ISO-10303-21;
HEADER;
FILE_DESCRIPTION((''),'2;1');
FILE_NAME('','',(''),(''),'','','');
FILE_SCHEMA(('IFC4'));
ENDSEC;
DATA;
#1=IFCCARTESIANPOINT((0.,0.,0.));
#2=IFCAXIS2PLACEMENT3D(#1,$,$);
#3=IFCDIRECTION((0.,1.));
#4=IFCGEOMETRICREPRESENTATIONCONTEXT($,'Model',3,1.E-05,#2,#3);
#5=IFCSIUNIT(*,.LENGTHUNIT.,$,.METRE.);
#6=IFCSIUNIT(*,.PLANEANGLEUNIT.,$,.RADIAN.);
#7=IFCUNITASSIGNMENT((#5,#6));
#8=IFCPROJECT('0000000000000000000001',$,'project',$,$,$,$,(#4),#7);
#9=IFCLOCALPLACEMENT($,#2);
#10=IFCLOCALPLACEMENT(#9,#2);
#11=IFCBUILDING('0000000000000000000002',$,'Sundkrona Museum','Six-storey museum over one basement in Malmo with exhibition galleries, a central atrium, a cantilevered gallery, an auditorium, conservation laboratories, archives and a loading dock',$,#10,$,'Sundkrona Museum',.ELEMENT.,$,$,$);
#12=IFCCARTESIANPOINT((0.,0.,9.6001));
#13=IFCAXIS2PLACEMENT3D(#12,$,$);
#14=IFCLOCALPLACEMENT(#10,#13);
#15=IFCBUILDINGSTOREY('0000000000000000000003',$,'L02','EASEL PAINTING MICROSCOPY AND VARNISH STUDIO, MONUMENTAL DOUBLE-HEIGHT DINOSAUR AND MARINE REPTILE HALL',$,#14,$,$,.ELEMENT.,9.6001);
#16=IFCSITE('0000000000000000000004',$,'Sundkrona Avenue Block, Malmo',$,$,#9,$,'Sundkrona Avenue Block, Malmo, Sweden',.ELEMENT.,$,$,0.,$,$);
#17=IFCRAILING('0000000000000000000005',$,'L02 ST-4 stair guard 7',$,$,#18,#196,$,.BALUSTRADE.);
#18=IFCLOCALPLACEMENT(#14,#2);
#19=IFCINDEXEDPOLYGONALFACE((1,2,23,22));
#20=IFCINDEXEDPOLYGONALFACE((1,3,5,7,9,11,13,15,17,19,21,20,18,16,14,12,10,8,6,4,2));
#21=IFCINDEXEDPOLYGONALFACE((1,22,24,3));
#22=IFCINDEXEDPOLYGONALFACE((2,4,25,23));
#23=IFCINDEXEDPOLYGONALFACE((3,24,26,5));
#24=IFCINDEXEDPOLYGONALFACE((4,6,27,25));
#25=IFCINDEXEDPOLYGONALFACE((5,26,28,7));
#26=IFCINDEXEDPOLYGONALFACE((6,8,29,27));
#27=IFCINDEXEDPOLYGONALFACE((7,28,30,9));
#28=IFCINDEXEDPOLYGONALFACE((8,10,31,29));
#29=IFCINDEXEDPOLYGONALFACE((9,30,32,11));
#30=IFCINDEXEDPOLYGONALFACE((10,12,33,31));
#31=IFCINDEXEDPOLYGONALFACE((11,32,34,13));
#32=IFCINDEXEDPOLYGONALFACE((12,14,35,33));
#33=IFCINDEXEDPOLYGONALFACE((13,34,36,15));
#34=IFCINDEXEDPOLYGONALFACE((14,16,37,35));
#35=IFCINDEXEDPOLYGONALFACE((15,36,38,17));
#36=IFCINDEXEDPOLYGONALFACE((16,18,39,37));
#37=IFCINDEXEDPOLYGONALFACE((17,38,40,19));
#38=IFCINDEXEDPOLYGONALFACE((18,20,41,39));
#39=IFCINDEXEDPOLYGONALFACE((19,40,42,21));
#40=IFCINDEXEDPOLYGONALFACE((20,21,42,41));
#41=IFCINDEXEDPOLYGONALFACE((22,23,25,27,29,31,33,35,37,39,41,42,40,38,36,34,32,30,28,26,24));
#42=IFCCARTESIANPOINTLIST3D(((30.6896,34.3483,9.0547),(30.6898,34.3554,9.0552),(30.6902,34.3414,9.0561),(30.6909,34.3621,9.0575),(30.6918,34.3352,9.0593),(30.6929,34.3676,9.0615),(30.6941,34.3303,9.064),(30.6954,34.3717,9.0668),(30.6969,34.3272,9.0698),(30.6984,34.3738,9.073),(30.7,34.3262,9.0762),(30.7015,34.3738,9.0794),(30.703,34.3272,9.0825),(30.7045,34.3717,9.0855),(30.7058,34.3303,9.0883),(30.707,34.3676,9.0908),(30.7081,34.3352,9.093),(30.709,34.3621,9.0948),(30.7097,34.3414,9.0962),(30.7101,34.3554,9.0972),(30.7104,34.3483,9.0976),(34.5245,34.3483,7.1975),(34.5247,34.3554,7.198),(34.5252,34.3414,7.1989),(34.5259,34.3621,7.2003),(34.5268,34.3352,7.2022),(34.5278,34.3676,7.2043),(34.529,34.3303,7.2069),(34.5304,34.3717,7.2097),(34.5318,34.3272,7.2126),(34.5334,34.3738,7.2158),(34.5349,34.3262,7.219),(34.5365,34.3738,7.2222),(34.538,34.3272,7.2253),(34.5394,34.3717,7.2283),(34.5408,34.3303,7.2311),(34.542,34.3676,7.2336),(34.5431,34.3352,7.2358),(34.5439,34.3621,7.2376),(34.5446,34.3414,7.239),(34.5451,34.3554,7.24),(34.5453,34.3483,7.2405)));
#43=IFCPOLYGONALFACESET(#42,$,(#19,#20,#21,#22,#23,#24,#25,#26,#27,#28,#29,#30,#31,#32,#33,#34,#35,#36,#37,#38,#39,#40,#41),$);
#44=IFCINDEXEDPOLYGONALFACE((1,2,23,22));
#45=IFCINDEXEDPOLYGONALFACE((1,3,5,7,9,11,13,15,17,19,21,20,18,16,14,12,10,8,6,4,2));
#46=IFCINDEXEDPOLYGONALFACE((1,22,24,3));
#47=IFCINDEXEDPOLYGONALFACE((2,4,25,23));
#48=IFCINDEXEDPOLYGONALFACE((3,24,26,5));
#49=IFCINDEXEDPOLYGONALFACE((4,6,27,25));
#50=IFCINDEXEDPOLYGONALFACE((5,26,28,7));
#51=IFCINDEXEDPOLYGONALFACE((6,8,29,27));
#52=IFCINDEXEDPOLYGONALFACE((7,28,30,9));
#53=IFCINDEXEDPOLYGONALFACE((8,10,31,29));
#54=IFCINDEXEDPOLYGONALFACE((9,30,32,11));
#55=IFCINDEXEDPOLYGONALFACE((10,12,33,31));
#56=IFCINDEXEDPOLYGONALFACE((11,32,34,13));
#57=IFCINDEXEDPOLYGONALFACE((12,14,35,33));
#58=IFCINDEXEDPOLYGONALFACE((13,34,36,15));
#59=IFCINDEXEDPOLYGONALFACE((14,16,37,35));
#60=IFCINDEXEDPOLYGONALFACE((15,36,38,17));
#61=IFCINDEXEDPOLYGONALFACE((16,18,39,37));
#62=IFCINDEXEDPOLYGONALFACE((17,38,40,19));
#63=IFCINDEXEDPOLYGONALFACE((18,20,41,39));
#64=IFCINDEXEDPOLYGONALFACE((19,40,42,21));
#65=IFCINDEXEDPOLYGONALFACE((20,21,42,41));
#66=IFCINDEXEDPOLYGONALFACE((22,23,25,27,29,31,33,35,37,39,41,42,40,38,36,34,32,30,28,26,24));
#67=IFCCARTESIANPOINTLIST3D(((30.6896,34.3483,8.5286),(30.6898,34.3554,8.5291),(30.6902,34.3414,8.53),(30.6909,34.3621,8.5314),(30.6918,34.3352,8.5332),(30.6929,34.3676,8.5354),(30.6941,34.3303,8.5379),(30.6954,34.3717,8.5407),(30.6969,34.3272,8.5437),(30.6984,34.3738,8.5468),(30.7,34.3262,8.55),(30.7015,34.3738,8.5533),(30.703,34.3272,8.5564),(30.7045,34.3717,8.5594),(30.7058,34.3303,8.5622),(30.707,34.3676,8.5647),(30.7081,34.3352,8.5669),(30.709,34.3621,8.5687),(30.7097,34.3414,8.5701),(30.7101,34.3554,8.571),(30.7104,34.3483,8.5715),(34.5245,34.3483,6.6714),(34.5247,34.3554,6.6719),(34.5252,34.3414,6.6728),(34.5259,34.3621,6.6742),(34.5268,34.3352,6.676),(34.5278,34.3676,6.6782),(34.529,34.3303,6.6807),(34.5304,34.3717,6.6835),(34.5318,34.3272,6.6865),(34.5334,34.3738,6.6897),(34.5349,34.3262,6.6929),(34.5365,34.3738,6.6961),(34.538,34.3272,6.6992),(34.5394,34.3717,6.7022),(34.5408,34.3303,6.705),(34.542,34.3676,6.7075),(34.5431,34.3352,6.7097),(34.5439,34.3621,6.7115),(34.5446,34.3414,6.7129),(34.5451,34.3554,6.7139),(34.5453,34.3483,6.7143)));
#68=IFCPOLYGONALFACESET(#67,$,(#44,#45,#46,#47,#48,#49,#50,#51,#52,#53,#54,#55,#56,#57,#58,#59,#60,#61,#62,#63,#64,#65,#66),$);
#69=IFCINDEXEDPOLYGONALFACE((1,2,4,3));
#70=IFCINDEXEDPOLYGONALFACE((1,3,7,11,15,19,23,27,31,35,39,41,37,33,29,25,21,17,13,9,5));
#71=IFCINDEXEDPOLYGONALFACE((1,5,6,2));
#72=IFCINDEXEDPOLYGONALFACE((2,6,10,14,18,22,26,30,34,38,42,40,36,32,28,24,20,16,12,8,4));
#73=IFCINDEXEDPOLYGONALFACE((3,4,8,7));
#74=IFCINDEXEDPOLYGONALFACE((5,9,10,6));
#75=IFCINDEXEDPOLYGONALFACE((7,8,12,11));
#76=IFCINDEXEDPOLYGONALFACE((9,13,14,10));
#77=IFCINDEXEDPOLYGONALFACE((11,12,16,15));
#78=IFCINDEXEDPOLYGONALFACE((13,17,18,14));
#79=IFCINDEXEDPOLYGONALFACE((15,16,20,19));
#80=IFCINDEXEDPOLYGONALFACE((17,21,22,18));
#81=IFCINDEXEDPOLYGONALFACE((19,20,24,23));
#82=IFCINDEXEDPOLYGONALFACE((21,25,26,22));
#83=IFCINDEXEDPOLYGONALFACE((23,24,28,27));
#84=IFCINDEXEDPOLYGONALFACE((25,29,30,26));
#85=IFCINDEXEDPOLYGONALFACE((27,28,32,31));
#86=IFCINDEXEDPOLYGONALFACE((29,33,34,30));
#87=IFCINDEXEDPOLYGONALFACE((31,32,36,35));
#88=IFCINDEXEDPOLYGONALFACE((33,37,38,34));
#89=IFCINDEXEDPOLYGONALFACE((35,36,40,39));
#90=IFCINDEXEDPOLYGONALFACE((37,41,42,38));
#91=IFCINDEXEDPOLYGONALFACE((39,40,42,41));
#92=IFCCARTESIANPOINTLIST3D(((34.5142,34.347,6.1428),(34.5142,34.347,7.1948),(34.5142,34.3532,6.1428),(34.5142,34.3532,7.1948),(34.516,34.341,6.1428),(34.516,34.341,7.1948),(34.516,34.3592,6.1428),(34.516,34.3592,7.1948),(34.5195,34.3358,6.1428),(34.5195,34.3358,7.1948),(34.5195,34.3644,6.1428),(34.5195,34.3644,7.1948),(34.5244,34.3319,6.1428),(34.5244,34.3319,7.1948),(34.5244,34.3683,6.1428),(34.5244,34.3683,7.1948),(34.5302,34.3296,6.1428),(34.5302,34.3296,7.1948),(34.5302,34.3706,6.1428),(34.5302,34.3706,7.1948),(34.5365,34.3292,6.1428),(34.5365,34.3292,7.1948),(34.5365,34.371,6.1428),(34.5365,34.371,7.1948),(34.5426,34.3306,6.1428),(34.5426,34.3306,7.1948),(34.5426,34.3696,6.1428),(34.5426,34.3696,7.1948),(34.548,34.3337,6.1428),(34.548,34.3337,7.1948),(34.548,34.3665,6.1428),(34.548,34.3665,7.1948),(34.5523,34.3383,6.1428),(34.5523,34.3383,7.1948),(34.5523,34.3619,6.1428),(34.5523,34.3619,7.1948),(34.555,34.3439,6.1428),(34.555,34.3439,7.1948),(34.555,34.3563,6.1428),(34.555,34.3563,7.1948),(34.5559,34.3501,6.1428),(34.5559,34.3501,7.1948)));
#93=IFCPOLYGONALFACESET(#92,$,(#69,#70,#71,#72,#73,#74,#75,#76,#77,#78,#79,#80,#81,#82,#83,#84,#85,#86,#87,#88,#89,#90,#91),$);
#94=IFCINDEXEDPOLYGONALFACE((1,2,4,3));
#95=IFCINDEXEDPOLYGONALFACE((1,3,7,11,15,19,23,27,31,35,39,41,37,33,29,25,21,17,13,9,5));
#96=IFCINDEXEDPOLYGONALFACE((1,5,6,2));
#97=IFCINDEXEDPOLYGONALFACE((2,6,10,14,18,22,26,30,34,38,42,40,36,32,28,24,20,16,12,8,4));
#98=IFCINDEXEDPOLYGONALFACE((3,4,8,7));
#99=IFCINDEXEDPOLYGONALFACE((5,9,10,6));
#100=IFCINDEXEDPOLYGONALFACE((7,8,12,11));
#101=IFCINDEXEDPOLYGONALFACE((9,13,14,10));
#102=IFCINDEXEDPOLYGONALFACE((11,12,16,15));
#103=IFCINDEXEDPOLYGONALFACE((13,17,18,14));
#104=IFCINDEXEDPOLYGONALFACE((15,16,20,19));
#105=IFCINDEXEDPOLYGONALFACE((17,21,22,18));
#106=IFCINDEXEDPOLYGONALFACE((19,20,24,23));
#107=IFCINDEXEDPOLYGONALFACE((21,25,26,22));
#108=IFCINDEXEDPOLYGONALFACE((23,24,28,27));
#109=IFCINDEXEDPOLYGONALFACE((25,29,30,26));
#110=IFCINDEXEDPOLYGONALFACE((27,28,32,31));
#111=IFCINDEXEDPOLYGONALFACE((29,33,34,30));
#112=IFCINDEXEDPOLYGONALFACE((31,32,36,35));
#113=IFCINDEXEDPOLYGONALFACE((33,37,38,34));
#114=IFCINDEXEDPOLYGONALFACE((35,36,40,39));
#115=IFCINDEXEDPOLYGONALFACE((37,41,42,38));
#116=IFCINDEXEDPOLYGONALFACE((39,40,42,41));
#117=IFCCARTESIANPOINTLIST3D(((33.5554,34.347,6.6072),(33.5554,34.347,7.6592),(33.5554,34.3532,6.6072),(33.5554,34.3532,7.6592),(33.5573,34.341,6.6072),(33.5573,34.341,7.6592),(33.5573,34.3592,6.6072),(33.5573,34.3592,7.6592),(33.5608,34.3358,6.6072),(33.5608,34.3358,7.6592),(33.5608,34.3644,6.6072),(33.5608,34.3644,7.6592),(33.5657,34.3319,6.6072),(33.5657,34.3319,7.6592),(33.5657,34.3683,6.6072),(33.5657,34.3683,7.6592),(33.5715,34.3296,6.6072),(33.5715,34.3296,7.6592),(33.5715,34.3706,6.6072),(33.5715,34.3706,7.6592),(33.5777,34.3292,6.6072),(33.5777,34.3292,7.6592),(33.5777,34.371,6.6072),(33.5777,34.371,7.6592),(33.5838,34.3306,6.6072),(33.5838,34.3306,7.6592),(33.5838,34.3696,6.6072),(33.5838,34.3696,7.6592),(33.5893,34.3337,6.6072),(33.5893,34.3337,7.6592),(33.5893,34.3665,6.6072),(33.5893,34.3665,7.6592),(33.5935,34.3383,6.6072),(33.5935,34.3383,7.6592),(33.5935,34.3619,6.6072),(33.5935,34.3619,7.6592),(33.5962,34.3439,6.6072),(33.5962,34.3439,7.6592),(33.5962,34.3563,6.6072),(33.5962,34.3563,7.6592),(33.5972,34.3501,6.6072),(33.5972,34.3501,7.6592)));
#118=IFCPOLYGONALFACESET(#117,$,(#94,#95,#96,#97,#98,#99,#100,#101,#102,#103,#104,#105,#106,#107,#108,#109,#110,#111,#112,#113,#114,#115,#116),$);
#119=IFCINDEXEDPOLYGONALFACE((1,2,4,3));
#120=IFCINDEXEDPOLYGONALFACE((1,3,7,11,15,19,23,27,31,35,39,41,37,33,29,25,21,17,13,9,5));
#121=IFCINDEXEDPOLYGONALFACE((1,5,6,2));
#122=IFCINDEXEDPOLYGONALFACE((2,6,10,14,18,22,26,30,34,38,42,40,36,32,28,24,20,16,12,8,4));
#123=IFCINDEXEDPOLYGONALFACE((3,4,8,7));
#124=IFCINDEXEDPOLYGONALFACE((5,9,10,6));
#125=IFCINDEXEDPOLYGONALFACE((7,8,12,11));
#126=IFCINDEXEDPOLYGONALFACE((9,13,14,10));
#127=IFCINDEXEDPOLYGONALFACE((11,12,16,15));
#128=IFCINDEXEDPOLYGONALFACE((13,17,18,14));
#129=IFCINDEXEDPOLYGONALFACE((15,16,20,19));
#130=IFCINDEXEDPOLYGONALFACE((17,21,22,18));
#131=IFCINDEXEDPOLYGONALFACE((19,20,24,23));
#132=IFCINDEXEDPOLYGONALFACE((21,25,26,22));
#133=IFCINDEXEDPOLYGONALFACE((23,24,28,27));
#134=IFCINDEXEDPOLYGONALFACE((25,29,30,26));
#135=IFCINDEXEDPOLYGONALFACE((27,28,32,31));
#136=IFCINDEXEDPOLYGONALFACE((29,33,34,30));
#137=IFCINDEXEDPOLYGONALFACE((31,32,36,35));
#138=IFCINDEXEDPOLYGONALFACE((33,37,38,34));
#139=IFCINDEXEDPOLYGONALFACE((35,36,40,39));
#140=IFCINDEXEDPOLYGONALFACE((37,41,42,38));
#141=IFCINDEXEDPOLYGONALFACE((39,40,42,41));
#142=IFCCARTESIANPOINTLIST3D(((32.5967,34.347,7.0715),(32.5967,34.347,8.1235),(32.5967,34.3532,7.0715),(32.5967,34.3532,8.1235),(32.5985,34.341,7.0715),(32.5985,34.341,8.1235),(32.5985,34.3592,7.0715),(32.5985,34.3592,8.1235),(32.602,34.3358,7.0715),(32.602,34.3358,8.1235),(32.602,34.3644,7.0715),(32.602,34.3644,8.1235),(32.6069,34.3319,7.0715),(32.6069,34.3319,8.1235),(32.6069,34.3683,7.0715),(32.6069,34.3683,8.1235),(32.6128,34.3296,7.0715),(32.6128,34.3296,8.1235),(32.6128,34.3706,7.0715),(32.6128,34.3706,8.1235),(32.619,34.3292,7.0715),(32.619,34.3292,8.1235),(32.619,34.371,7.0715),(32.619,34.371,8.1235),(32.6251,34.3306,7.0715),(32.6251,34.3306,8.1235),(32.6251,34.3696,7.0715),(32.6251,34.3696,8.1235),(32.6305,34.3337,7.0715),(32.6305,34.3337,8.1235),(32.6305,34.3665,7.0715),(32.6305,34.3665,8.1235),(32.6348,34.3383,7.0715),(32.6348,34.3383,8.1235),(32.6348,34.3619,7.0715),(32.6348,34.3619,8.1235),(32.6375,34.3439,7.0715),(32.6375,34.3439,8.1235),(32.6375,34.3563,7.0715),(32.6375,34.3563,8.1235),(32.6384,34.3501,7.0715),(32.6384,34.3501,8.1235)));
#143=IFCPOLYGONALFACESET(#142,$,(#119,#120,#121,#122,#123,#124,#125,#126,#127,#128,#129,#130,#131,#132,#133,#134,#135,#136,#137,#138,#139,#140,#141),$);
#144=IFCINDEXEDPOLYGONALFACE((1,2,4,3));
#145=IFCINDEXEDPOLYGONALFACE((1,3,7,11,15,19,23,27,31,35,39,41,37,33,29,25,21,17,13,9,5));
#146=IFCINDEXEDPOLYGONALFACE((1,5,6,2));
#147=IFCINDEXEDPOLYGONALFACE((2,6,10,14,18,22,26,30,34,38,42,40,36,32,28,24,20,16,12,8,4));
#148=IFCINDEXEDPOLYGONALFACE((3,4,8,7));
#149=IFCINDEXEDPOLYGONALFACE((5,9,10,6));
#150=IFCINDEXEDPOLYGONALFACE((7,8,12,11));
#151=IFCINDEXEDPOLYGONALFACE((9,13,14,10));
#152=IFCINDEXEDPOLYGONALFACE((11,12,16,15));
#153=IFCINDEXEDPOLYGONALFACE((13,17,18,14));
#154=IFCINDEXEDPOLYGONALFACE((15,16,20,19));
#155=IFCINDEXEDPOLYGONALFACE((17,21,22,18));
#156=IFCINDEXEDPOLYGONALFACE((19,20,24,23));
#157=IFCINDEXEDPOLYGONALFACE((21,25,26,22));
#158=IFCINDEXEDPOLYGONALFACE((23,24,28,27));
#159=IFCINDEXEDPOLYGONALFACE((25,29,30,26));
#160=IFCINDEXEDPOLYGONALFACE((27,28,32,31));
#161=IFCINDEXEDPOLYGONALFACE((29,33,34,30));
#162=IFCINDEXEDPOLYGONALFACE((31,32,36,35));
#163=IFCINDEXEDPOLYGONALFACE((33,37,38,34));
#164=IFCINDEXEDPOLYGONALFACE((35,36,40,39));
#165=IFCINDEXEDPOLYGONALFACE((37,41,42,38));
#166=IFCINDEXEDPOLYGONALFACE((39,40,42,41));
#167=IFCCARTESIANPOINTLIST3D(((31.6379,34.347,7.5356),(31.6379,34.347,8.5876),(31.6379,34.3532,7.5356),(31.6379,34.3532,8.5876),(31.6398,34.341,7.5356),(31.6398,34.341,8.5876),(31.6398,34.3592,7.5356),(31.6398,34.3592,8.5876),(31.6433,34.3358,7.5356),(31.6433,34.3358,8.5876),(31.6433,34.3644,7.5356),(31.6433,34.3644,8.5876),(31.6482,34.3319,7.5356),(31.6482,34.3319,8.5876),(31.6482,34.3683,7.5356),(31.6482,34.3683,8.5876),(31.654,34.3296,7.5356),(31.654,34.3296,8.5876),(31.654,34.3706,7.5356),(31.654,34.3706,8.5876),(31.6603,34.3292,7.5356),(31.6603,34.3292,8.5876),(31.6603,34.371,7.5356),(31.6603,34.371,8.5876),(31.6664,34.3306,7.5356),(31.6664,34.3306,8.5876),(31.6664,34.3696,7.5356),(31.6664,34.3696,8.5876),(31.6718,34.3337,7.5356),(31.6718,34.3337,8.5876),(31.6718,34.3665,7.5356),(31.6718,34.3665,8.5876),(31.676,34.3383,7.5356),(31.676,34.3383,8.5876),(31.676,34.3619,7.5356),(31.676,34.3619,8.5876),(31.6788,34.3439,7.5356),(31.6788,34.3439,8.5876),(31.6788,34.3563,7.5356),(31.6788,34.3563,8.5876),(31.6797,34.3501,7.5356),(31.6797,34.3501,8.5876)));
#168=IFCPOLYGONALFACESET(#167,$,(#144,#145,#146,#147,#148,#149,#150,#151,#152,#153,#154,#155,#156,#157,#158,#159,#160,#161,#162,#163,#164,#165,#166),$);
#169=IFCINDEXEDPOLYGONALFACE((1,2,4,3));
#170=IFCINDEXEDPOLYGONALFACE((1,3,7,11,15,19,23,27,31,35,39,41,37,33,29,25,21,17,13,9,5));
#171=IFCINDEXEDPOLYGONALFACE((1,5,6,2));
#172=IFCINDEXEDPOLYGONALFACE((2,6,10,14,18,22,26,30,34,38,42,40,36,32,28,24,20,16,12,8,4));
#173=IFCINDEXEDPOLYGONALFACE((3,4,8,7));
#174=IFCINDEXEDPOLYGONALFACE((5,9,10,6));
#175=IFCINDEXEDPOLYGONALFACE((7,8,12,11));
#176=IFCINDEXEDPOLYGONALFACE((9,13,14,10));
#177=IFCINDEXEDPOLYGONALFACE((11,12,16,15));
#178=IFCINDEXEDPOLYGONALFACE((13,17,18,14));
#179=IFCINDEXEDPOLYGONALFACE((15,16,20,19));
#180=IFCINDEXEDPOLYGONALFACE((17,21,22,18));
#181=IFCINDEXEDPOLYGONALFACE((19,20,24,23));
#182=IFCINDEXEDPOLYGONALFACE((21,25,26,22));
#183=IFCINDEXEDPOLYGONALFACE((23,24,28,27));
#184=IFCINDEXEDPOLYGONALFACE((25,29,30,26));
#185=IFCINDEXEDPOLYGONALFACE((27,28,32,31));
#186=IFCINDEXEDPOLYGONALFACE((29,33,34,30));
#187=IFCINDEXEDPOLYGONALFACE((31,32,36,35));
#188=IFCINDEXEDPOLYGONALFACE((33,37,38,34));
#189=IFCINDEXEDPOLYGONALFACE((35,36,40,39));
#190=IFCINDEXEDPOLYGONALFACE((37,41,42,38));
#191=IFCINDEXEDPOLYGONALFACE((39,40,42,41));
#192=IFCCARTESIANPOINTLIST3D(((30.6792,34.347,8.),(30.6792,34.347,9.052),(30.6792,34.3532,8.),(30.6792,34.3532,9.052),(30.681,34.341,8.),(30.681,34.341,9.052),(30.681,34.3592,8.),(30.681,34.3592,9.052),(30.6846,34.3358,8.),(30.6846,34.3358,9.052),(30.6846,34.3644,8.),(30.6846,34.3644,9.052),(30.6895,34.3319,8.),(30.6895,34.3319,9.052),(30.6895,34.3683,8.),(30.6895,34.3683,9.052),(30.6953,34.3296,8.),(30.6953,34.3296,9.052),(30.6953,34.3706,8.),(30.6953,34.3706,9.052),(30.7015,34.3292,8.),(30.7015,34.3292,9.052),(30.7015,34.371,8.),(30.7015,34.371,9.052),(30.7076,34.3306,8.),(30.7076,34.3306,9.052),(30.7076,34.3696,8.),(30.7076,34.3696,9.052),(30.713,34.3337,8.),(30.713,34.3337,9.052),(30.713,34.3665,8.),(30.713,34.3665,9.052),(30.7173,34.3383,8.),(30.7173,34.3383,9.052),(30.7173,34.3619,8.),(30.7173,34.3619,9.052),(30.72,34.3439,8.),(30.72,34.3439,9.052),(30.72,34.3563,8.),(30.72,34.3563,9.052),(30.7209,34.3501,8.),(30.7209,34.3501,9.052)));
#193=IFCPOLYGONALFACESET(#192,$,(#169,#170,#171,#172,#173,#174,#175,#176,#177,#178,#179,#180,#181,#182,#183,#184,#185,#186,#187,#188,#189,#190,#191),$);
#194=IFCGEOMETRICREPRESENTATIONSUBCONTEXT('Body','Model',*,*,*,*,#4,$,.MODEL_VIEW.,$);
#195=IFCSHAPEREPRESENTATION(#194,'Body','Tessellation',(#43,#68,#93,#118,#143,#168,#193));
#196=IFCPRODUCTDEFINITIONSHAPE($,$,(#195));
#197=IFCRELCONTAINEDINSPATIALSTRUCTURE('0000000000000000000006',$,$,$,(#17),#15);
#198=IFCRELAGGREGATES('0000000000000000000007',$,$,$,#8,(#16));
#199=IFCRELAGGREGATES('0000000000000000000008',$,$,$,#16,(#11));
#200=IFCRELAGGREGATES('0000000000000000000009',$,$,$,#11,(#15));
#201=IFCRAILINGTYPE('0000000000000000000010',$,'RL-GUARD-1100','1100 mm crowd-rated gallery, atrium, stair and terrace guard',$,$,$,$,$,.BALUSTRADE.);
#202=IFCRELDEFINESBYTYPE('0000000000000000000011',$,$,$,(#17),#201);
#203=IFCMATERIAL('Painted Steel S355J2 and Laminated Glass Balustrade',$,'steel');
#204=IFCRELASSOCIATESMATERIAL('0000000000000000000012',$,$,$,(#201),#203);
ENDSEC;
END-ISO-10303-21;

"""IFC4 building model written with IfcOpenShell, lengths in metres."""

from ifc_helpers import new_model, si_unit, direction, frame, origin, origin_2d, place, context, subcontext, project, spatial, circle, extrude, material, type_object, element, save


model = new_model("IFC4")

# Units and contexts
model_context = context("Model", 3, precision=1e-05, world=origin(), true_north=direction((0.0, 1.0)))
body_context = subcontext(model_context, "Body", "Model", "MODEL_VIEW")
ifc_project = project(units=[si_unit("LENGTHUNIT", "METRE"), si_unit("PLANEANGLEUNIT", "RADIAN")], contexts=[model_context])

# Site, building, storey
site_placement = place(None, origin())
site = spatial("IfcSite", under=ifc_project, at=site_placement, Name="Sundkrona Avenue Block, Malmo", LongName="Sundkrona Avenue Block, Malmo, Sweden", CompositionType="ELEMENT", RefElevation=0.0)
building_placement = place(site_placement, origin())
building = spatial("IfcBuilding", under=site, at=building_placement, Name="Sundkrona Museum", Description="Six-storey museum over one basement in Malmo with exhibition galleries, a central atrium, a cantilevered gallery, an auditorium, conservation laboratories, archives and a loading dock", LongName="Sundkrona Museum", CompositionType="ELEMENT")
storey_placement = place(building_placement, frame((0.0, 0.0, 9.6001)))
storey = spatial("IfcBuildingStorey", under=building, at=storey_placement, Name="L02", Description="EASEL PAINTING MICROSCOPY AND VARNISH STUDIO, MONUMENTAL DOUBLE-HEIGHT DINOSAUR AND MARINE REPTILE HALL", CompositionType="ELEMENT", Elevation=9.6001)

# Railing
ifc_material_1 = material(Name="Painted Steel S355J2 and Laminated Glass Balustrade", Category="steel")
railing_type_1 = type_object("IfcRailingType", Name="RL-GUARD-1100", Description="1100 mm crowd-rated gallery, atrium, stair and terrace guard", PredefinedType="BALUSTRADE", material=ifc_material_1)
railing_1_placement = place(storey_placement, frame((34.5349, 34.3501, 6.1428)))
element("IfcRailing", 1, at=railing_1_placement, inside=storey, type_object=railing_type_1, Name="L02 ST-4 stair guard 7", PredefinedType="BALUSTRADE", context=body_context, shape_type="SweptSolid", body=[
    extrude(circle(Radius=0.0239, at=origin_2d()), frame((0.0, 0.0, 1.0762), z_axis=(-0.900016, 0.0, 0.435856), x_axis=(0.0, -1.0, 0.0)), (0.0, 0.0, 1.0), 4.261),
    extrude(circle(Radius=0.0239, at=origin_2d()), frame((0.0, 0.0, 0.55), z_axis=(-0.900016, 0.0, 0.435856), x_axis=(0.0, -1.0, 0.0)), (0.0, 0.0, 1.0), 4.261),
    extrude(circle(Radius=0.021, at=origin_2d()), origin(), (0.0, 0.0, 1.0), 1.052),
    extrude(circle(Radius=0.021, at=origin_2d()), frame((-0.9587, 0.0, 0.4644)), (0.0, 0.0, 1.0), 1.052),
    extrude(circle(Radius=0.021, at=origin_2d()), frame((-1.9175, 0.0, 0.9287)), (0.0, 0.0, 1.0), 1.052),
    extrude(circle(Radius=0.021, at=origin_2d()), frame((-2.8762, 0.0, 1.3928)), (0.0, 0.0, 1.0), 1.052),
    extrude(circle(Radius=0.021, at=origin_2d()), frame((-3.835, 0.0, 1.8572)), (0.0, 0.0, 1.0), 1.052),
])

save(model, "model.ifc")
